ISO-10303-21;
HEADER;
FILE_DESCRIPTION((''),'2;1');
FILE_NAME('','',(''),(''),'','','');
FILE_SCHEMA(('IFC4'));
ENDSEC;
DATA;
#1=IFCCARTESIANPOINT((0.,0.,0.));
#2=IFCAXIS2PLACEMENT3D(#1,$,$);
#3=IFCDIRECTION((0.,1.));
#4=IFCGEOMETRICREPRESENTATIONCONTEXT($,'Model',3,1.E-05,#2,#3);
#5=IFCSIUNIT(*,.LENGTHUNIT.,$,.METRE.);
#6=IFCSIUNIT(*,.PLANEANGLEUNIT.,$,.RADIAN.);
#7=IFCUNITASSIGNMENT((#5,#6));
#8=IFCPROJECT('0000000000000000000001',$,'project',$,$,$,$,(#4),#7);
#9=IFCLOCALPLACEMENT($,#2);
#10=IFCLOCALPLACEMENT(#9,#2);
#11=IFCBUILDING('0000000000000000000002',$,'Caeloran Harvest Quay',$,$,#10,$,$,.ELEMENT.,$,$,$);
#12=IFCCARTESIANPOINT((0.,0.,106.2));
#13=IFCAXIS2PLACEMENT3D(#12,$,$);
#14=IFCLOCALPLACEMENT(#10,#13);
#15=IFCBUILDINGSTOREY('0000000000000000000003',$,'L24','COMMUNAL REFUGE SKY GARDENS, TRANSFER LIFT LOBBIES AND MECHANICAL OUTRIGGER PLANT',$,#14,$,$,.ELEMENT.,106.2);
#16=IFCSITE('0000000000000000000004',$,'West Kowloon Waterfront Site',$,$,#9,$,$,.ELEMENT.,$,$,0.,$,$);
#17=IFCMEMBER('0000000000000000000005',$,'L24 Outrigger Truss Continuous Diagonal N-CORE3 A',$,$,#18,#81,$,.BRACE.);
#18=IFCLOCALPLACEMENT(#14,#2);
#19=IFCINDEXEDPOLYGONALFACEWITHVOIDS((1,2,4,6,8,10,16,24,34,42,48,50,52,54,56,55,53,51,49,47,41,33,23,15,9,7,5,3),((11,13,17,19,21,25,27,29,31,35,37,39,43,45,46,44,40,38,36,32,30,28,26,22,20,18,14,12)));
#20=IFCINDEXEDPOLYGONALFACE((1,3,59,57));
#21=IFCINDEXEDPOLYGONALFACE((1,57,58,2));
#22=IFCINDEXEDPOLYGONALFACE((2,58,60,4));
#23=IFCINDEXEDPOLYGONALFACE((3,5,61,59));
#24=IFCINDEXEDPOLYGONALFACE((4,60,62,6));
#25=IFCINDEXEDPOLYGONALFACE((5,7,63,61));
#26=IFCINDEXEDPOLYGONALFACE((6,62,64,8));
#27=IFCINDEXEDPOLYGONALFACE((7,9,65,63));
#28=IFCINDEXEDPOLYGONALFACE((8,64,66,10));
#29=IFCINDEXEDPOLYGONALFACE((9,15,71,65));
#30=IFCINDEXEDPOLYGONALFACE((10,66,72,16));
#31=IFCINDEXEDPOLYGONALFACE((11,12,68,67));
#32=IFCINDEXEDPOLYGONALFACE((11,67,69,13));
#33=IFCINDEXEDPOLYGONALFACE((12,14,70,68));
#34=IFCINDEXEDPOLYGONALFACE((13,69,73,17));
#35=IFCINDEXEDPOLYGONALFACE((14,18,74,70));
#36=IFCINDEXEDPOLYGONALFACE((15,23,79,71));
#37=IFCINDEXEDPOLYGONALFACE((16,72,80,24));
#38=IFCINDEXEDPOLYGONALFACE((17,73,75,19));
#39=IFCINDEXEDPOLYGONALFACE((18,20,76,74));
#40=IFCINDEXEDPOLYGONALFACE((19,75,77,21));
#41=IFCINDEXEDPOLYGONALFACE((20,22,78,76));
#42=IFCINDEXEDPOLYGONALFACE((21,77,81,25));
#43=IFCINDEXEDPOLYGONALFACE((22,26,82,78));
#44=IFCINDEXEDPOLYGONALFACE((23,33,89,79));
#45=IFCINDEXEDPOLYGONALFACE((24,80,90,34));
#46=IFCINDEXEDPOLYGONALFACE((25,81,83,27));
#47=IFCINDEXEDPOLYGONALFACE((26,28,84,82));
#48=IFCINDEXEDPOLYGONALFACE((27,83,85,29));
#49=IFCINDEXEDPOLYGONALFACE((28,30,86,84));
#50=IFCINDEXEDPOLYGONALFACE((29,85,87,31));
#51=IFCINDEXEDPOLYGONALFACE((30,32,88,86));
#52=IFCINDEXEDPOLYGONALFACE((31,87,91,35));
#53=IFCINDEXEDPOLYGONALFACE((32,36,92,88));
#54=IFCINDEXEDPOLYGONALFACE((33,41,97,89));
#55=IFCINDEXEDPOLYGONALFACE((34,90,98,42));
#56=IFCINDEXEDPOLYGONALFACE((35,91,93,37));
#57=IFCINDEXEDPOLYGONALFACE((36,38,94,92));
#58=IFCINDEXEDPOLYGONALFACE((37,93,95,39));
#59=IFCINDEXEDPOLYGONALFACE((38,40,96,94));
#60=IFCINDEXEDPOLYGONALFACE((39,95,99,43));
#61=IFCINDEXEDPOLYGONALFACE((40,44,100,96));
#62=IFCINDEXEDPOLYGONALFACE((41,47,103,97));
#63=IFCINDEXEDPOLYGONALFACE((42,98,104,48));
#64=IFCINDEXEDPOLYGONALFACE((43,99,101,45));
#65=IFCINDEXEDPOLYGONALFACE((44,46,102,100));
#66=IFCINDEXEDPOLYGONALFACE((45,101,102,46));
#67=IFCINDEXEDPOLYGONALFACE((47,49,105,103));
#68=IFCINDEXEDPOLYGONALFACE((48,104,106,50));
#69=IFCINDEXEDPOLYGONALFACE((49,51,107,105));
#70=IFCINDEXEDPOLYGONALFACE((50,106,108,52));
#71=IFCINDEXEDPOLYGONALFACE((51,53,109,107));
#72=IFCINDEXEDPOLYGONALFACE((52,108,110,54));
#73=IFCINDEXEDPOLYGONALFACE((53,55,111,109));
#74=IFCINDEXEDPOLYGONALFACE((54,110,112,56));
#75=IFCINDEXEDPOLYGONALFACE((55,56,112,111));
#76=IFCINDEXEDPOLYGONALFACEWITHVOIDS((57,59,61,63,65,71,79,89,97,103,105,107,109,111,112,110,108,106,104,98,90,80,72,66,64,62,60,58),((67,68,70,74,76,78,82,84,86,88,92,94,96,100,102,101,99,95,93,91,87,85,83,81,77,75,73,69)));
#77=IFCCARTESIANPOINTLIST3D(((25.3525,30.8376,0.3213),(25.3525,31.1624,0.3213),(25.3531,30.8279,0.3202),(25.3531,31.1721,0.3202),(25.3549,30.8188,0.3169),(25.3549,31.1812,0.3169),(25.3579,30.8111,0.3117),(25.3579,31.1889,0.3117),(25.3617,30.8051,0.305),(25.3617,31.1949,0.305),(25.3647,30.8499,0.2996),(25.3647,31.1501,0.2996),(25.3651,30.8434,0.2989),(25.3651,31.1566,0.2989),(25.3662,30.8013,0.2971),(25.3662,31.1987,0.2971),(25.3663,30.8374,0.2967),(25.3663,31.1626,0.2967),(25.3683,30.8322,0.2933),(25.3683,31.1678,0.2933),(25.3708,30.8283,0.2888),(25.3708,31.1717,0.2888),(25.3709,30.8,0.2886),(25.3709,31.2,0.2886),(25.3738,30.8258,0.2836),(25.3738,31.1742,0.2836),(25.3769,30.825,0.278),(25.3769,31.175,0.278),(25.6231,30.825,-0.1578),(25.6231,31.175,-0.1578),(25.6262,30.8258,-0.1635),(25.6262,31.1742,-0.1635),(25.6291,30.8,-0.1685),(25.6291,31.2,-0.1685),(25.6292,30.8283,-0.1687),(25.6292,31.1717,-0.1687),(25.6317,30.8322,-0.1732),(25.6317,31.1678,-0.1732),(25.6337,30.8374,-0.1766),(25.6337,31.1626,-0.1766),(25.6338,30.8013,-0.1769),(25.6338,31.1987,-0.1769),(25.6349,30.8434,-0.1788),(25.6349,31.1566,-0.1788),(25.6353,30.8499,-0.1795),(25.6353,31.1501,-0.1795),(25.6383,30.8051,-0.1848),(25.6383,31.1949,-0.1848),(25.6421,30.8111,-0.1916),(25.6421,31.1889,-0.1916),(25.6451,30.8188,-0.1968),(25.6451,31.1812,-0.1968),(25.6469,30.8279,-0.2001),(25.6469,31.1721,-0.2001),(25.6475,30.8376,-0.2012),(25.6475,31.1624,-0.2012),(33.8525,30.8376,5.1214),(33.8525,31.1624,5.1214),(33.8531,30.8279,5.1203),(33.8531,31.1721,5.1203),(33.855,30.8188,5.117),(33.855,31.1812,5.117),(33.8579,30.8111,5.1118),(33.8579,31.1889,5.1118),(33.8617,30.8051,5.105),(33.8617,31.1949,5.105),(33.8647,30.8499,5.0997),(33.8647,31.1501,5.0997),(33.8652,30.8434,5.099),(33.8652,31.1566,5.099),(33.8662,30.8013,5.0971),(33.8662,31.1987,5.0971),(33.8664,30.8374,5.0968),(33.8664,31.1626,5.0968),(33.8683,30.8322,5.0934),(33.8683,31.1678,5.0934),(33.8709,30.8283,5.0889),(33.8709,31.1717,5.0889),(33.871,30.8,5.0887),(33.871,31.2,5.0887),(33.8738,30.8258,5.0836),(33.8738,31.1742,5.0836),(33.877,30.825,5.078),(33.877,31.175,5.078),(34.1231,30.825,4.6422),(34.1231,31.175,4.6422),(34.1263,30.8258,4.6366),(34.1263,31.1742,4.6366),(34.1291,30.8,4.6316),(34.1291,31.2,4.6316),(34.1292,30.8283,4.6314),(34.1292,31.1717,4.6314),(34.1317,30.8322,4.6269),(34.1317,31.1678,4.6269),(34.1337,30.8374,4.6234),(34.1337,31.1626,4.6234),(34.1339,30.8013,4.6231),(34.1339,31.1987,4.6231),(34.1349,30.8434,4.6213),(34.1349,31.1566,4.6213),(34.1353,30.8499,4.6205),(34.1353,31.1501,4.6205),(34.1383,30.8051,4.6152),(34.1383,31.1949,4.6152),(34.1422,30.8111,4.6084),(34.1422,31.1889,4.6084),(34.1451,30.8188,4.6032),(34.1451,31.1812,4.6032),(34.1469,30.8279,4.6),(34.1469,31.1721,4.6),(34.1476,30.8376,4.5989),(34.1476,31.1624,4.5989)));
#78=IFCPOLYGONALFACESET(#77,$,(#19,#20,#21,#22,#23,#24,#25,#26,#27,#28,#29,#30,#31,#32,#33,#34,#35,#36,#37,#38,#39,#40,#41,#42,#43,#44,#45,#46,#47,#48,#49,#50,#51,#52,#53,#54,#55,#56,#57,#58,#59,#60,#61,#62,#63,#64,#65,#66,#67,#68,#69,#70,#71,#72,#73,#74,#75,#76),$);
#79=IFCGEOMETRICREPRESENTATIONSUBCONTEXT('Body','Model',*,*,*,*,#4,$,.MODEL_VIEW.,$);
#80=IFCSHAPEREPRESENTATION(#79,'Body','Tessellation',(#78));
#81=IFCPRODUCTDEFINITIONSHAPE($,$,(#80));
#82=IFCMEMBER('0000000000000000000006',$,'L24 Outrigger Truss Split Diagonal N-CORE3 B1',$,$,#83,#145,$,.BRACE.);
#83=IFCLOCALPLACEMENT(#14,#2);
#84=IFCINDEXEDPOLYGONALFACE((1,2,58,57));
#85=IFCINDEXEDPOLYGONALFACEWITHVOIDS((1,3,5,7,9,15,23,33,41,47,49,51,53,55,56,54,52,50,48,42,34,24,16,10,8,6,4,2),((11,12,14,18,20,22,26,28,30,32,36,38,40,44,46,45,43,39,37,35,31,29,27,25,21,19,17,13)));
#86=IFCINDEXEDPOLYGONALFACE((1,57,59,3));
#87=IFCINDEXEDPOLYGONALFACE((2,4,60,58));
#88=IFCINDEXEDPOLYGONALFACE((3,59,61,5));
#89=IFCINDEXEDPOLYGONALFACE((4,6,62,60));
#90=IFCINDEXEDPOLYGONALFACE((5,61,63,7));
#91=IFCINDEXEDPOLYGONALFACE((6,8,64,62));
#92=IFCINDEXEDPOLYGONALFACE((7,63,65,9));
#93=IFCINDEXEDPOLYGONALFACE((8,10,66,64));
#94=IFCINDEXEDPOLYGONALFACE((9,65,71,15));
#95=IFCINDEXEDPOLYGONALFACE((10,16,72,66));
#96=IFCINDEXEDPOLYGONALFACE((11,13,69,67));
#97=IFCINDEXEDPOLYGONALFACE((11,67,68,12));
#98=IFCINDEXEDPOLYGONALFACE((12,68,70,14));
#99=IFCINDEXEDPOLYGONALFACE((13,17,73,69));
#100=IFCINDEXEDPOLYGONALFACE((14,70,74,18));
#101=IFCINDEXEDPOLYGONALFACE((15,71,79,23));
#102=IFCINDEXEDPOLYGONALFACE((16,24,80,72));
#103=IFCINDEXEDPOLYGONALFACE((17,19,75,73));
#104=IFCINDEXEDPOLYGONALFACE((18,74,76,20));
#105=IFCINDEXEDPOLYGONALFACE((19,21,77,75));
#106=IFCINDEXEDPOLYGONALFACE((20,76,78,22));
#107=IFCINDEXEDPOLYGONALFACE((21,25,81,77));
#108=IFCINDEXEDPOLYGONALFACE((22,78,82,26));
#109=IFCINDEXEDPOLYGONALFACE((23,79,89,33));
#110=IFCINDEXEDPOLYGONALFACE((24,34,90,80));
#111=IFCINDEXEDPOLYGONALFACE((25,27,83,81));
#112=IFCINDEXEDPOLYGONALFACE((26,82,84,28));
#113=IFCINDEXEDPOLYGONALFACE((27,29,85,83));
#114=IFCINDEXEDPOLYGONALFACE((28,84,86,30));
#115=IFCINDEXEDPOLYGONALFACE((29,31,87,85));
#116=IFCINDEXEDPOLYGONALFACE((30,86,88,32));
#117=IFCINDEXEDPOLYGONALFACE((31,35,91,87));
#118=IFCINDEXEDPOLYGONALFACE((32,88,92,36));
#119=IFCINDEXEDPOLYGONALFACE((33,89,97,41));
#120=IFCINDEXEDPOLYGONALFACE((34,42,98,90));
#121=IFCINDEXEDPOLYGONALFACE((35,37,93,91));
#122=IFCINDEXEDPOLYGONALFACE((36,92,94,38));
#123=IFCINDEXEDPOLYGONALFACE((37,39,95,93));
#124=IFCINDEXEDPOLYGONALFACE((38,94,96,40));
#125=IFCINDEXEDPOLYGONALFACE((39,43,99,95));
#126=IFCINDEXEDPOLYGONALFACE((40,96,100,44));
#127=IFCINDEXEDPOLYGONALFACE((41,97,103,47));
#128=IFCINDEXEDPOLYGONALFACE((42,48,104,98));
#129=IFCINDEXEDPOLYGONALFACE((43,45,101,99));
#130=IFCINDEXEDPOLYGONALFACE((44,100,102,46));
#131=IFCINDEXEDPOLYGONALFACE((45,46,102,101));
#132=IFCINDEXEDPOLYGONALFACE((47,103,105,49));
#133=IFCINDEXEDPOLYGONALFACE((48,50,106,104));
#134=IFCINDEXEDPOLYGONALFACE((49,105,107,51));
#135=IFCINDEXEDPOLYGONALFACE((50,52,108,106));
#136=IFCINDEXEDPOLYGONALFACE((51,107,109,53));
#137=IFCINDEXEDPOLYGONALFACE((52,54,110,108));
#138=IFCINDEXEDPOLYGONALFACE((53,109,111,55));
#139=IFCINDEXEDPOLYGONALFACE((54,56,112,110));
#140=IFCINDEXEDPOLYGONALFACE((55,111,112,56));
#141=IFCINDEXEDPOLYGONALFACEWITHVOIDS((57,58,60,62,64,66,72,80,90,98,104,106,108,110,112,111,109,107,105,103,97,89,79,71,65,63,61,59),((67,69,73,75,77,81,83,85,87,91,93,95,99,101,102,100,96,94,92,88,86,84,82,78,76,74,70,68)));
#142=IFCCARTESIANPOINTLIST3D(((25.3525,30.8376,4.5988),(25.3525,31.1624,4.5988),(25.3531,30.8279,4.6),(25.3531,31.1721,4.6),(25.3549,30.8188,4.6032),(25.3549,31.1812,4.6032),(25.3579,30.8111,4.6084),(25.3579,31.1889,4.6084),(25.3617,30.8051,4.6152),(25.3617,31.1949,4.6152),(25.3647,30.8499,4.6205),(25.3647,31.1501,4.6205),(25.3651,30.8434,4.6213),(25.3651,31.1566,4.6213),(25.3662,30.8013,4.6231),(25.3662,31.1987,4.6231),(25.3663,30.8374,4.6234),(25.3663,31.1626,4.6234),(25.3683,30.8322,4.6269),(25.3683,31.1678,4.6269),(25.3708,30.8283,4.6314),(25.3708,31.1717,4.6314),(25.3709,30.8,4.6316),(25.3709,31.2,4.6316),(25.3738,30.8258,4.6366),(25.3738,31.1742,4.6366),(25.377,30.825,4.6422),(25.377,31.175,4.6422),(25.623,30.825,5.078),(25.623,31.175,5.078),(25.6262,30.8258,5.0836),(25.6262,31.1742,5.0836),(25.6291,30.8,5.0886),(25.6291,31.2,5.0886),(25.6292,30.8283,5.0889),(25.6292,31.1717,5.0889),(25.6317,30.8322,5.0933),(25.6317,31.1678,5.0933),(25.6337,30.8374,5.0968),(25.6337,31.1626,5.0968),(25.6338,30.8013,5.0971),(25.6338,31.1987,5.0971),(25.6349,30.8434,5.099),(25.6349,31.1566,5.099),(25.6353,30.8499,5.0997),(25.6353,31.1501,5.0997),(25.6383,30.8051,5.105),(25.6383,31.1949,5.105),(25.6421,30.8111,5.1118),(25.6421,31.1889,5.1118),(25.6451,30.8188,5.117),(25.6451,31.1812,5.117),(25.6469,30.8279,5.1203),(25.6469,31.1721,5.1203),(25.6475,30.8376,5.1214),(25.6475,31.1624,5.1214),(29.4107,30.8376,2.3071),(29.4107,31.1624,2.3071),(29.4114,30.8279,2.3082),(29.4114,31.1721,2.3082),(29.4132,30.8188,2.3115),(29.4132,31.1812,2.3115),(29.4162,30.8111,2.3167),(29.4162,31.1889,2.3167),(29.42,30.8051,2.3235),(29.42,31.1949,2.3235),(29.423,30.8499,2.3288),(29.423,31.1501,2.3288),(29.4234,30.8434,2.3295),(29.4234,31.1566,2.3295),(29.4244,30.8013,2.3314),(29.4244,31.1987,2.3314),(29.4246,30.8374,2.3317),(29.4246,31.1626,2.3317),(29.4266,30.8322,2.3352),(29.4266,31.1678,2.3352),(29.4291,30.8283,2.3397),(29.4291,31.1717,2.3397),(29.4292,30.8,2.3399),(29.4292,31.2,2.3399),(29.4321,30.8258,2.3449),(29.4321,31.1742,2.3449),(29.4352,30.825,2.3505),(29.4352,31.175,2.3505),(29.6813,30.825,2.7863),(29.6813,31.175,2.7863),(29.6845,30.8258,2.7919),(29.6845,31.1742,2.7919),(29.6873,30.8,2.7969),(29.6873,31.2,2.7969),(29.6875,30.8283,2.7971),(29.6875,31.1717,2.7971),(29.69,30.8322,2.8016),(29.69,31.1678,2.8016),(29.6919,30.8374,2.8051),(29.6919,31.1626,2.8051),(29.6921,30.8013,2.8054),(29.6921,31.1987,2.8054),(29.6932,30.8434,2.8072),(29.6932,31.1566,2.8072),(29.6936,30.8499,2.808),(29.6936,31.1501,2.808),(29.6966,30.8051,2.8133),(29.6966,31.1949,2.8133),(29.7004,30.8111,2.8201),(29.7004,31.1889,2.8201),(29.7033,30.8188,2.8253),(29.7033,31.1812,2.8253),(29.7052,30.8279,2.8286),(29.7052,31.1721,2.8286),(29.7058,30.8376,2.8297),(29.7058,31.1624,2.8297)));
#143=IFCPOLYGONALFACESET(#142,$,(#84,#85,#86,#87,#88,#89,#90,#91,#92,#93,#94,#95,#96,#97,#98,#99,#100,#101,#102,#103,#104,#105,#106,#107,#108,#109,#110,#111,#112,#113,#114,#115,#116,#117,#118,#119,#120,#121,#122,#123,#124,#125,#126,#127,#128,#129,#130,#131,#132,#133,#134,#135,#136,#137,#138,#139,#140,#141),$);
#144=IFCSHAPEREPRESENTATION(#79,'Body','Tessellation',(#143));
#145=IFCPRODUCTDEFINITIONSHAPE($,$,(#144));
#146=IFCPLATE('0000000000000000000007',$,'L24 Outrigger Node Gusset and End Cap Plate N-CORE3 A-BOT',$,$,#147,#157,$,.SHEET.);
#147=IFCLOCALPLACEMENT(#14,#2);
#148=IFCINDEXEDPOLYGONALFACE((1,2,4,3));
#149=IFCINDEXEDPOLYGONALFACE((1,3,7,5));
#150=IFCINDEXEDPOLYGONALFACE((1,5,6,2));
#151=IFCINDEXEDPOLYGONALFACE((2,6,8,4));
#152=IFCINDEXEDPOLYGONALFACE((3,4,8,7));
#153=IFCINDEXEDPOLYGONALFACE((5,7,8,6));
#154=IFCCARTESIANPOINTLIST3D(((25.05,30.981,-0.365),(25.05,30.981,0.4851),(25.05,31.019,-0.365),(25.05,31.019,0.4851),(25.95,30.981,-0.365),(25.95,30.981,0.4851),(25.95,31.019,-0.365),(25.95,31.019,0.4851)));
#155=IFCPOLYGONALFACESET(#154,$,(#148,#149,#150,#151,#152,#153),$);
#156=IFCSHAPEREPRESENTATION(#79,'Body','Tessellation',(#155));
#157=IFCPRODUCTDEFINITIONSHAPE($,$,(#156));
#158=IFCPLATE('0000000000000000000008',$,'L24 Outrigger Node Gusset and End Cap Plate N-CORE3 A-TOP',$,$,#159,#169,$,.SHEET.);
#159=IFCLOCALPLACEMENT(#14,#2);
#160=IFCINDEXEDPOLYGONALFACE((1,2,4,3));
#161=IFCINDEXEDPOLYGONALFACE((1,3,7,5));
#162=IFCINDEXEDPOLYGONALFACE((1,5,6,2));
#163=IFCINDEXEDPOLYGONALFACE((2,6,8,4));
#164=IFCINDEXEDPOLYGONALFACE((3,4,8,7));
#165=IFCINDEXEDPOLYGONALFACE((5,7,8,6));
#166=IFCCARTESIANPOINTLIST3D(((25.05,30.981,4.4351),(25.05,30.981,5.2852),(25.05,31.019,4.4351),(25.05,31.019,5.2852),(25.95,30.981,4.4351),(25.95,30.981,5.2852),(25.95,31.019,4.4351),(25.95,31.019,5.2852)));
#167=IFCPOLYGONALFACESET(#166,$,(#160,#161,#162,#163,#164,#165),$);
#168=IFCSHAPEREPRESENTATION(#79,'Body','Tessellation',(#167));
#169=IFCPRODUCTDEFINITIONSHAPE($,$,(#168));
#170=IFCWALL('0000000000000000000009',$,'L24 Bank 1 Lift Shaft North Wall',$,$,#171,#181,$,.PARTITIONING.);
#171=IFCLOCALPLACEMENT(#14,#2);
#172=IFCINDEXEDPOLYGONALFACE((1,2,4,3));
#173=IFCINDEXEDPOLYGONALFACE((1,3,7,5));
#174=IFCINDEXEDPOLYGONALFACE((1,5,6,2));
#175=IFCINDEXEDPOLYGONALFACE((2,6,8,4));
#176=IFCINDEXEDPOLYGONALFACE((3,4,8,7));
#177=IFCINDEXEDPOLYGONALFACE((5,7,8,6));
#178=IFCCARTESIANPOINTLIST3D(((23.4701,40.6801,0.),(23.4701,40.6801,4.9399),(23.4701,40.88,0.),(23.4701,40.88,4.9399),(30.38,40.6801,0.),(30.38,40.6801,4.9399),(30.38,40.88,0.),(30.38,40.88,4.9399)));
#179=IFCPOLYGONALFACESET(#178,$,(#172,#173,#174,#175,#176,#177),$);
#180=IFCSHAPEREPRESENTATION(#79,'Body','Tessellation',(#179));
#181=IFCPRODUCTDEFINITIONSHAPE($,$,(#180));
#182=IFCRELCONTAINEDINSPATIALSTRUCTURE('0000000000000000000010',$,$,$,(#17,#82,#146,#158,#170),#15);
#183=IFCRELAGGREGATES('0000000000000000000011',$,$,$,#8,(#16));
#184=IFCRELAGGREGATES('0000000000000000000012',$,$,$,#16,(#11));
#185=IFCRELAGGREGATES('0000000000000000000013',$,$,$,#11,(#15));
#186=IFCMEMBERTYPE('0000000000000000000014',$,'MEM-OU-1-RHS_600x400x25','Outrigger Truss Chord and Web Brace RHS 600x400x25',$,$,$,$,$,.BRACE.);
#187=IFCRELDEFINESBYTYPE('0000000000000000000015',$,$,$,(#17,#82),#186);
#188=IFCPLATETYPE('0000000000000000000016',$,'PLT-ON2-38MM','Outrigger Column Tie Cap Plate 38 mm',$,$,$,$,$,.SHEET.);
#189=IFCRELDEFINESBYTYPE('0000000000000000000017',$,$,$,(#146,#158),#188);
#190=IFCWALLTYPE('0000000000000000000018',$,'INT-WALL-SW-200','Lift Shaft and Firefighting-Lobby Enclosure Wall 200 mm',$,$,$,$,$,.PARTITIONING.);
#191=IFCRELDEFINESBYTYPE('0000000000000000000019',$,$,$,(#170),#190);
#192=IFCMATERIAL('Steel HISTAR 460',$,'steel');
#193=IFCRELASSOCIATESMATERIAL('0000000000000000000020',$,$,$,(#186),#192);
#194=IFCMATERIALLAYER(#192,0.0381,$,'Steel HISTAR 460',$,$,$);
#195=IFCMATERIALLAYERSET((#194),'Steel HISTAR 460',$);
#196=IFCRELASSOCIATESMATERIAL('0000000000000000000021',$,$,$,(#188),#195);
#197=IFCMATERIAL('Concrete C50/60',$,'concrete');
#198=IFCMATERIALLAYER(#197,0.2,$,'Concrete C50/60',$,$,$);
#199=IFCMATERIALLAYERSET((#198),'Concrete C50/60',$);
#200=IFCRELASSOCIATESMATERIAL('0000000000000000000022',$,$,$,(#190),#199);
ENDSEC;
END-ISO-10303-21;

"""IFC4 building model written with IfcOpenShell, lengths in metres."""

from ifc_helpers import new_model, si_unit, direction, frame, frame_2d, origin, origin_2d, place, context, subcontext, project, spatial, rectangle, hollow_rectangle, extrude, material, layer, layer_set, material_profile, profile_set, type_object, element, save


model = new_model("IFC4")

# Units and contexts
model_context = context("Model", 3, precision=1e-05, world=origin(), true_north=direction((0.0, 1.0)))
body_context = subcontext(model_context, "Body", "Model", "MODEL_VIEW")
ifc_project = project(units=[si_unit("LENGTHUNIT", "METRE"), si_unit("PLANEANGLEUNIT", "RADIAN")], contexts=[model_context])

# Site, building, storey
site_placement = place(None, origin())
site = spatial("IfcSite", under=ifc_project, at=site_placement, Name="West Kowloon Waterfront Site", CompositionType="ELEMENT", RefElevation=0.0)
building_placement = place(site_placement, origin())
building = spatial("IfcBuilding", under=site, at=building_placement, Name="Caeloran Harvest Quay", CompositionType="ELEMENT")
storey_placement = place(building_placement, frame((0.0, 0.0, 106.2)))
storey = spatial("IfcBuildingStorey", under=building, at=storey_placement, Name="L24", Description="COMMUNAL REFUGE SKY GARDENS, TRANSFER LIFT LOBBIES AND MECHANICAL OUTRIGGER PLANT", CompositionType="ELEMENT", Elevation=106.2)

# Members
ifc_material_1 = material(Name="Steel HISTAR 460", Category="steel")
ifc_material_profile_1 = material_profile(ifc_material_1, hollow_rectangle(XDim=0.3999, YDim=0.6001, WallThickness=0.0249, InnerFilletRadius=0.0249, OuterFilletRadius=0.0376, at=origin_2d()), Name="RHS 600x400x25")
ifc_profile_set_1 = profile_set([ifc_material_profile_1], Name="Steel HISTAR 460")
member_type = type_object("IfcMemberType", Name="MEM-OU-1-RHS_600x400x25", Description="Outrigger Truss Chord and Web Brace RHS 600x400x25", PredefinedType="BRACE", material=ifc_profile_set_1)
member_1_placement = place(storey_placement, frame((25.5, 31.0, 0.0601), z_axis=(0.870751, 0.0, 0.491723), x_axis=(0.0, 1.0, 0.0)))
element("IfcMember", 1, at=member_1_placement, inside=storey, type_object=member_type, Name="L24 Outrigger Truss Continuous Diagonal N-CORE3 A", PredefinedType="BRACE", context=body_context, shape_type="SweptSolid", body=[
    extrude(hollow_rectangle(XDim=0.3999, YDim=0.6001, WallThickness=0.0249, InnerFilletRadius=0.0249, OuterFilletRadius=0.0376, at=origin_2d()), origin(), (0.0, 0.0, 1.0), 9.7617),
])
member_2_placement = place(storey_placement, frame((25.5, 31.0, 4.8601), z_axis=(0.870756, 0.0, -0.491715), x_axis=(0.0, 1.0, 0.0)))
element("IfcMember", 2, at=member_2_placement, inside=storey, type_object=member_type, Name="L24 Outrigger Truss Split Diagonal N-CORE3 B1", PredefinedType="BRACE", context=body_context, shape_type="SweptSolid", body=[
    extrude(hollow_rectangle(XDim=0.3999, YDim=0.6001, WallThickness=0.0249, InnerFilletRadius=0.0249, OuterFilletRadius=0.0376, at=origin_2d()), origin(), (0.0, 0.0, 1.0), 4.6606),
])

# Plates
ifc_layer_1 = layer(ifc_material_1, 0.0381, Name="Steel HISTAR 460")
ifc_layer_set_1 = layer_set([ifc_layer_1], Name="Steel HISTAR 460")
plate_type = type_object("IfcPlateType", Name="PLT-ON2-38MM", Description="Outrigger Column Tie Cap Plate 38 mm", PredefinedType="SHEET", material=ifc_layer_set_1)
for number, where, z_axis, x_axis, name in (
    (3, (25.5, 31.0, -0.365), (0.0, 0.0, 1.0), (1.0, 0.0, 0.0), "L24 Outrigger Node Gusset and End Cap Plate N-CORE3 A-BOT"),
    (4, (25.5, 31.0, 4.4351), (0.0, 0.0, 1.0), (1.0, 0.0, 0.0), "L24 Outrigger Node Gusset and End Cap Plate N-CORE3 A-TOP"),
):
    element("IfcPlate", number, at=place(storey_placement, frame(where, z_axis=z_axis, x_axis=x_axis)), inside=storey, type_object=plate_type, Name=name, PredefinedType="SHEET", context=body_context, shape_type="SweptSolid", body=[
        extrude(rectangle(XDim=0.8999, YDim=0.0381, at=origin_2d()), origin(), (0.0, 0.0, 1.0), 0.8501),
    ])

# Wall
ifc_material_2 = material(Name="Concrete C50/60", Category="concrete")
ifc_layer_2 = layer(ifc_material_2, 0.2, Name="Concrete C50/60")
ifc_layer_set_2 = layer_set([ifc_layer_2], Name="Concrete C50/60")
wall_type_1 = type_object("IfcWallType", Name="INT-WALL-SW-200", Description="Lift Shaft and Firefighting-Lobby Enclosure Wall 200 mm", PredefinedType="PARTITIONING", material=ifc_layer_set_2)
wall_1_placement = place(storey_placement, frame((23.47, 40.78, 0.0), z_axis=(0.0, 0.0, 1.0), x_axis=(1.0, 0.0, 0.0)))
element("IfcWall", 5, at=wall_1_placement, inside=storey, type_object=wall_type_1, Name="L24 Bank 1 Lift Shaft North Wall", PredefinedType="PARTITIONING", context=body_context, shape_type="SweptSolid", body=[
    extrude(rectangle(XDim=6.9099, YDim=0.2, at=frame_2d((3.4551, 0.0))), origin(), (0.0, 0.0, 1.0), 4.9399),
])

save(model, "model.ifc")
